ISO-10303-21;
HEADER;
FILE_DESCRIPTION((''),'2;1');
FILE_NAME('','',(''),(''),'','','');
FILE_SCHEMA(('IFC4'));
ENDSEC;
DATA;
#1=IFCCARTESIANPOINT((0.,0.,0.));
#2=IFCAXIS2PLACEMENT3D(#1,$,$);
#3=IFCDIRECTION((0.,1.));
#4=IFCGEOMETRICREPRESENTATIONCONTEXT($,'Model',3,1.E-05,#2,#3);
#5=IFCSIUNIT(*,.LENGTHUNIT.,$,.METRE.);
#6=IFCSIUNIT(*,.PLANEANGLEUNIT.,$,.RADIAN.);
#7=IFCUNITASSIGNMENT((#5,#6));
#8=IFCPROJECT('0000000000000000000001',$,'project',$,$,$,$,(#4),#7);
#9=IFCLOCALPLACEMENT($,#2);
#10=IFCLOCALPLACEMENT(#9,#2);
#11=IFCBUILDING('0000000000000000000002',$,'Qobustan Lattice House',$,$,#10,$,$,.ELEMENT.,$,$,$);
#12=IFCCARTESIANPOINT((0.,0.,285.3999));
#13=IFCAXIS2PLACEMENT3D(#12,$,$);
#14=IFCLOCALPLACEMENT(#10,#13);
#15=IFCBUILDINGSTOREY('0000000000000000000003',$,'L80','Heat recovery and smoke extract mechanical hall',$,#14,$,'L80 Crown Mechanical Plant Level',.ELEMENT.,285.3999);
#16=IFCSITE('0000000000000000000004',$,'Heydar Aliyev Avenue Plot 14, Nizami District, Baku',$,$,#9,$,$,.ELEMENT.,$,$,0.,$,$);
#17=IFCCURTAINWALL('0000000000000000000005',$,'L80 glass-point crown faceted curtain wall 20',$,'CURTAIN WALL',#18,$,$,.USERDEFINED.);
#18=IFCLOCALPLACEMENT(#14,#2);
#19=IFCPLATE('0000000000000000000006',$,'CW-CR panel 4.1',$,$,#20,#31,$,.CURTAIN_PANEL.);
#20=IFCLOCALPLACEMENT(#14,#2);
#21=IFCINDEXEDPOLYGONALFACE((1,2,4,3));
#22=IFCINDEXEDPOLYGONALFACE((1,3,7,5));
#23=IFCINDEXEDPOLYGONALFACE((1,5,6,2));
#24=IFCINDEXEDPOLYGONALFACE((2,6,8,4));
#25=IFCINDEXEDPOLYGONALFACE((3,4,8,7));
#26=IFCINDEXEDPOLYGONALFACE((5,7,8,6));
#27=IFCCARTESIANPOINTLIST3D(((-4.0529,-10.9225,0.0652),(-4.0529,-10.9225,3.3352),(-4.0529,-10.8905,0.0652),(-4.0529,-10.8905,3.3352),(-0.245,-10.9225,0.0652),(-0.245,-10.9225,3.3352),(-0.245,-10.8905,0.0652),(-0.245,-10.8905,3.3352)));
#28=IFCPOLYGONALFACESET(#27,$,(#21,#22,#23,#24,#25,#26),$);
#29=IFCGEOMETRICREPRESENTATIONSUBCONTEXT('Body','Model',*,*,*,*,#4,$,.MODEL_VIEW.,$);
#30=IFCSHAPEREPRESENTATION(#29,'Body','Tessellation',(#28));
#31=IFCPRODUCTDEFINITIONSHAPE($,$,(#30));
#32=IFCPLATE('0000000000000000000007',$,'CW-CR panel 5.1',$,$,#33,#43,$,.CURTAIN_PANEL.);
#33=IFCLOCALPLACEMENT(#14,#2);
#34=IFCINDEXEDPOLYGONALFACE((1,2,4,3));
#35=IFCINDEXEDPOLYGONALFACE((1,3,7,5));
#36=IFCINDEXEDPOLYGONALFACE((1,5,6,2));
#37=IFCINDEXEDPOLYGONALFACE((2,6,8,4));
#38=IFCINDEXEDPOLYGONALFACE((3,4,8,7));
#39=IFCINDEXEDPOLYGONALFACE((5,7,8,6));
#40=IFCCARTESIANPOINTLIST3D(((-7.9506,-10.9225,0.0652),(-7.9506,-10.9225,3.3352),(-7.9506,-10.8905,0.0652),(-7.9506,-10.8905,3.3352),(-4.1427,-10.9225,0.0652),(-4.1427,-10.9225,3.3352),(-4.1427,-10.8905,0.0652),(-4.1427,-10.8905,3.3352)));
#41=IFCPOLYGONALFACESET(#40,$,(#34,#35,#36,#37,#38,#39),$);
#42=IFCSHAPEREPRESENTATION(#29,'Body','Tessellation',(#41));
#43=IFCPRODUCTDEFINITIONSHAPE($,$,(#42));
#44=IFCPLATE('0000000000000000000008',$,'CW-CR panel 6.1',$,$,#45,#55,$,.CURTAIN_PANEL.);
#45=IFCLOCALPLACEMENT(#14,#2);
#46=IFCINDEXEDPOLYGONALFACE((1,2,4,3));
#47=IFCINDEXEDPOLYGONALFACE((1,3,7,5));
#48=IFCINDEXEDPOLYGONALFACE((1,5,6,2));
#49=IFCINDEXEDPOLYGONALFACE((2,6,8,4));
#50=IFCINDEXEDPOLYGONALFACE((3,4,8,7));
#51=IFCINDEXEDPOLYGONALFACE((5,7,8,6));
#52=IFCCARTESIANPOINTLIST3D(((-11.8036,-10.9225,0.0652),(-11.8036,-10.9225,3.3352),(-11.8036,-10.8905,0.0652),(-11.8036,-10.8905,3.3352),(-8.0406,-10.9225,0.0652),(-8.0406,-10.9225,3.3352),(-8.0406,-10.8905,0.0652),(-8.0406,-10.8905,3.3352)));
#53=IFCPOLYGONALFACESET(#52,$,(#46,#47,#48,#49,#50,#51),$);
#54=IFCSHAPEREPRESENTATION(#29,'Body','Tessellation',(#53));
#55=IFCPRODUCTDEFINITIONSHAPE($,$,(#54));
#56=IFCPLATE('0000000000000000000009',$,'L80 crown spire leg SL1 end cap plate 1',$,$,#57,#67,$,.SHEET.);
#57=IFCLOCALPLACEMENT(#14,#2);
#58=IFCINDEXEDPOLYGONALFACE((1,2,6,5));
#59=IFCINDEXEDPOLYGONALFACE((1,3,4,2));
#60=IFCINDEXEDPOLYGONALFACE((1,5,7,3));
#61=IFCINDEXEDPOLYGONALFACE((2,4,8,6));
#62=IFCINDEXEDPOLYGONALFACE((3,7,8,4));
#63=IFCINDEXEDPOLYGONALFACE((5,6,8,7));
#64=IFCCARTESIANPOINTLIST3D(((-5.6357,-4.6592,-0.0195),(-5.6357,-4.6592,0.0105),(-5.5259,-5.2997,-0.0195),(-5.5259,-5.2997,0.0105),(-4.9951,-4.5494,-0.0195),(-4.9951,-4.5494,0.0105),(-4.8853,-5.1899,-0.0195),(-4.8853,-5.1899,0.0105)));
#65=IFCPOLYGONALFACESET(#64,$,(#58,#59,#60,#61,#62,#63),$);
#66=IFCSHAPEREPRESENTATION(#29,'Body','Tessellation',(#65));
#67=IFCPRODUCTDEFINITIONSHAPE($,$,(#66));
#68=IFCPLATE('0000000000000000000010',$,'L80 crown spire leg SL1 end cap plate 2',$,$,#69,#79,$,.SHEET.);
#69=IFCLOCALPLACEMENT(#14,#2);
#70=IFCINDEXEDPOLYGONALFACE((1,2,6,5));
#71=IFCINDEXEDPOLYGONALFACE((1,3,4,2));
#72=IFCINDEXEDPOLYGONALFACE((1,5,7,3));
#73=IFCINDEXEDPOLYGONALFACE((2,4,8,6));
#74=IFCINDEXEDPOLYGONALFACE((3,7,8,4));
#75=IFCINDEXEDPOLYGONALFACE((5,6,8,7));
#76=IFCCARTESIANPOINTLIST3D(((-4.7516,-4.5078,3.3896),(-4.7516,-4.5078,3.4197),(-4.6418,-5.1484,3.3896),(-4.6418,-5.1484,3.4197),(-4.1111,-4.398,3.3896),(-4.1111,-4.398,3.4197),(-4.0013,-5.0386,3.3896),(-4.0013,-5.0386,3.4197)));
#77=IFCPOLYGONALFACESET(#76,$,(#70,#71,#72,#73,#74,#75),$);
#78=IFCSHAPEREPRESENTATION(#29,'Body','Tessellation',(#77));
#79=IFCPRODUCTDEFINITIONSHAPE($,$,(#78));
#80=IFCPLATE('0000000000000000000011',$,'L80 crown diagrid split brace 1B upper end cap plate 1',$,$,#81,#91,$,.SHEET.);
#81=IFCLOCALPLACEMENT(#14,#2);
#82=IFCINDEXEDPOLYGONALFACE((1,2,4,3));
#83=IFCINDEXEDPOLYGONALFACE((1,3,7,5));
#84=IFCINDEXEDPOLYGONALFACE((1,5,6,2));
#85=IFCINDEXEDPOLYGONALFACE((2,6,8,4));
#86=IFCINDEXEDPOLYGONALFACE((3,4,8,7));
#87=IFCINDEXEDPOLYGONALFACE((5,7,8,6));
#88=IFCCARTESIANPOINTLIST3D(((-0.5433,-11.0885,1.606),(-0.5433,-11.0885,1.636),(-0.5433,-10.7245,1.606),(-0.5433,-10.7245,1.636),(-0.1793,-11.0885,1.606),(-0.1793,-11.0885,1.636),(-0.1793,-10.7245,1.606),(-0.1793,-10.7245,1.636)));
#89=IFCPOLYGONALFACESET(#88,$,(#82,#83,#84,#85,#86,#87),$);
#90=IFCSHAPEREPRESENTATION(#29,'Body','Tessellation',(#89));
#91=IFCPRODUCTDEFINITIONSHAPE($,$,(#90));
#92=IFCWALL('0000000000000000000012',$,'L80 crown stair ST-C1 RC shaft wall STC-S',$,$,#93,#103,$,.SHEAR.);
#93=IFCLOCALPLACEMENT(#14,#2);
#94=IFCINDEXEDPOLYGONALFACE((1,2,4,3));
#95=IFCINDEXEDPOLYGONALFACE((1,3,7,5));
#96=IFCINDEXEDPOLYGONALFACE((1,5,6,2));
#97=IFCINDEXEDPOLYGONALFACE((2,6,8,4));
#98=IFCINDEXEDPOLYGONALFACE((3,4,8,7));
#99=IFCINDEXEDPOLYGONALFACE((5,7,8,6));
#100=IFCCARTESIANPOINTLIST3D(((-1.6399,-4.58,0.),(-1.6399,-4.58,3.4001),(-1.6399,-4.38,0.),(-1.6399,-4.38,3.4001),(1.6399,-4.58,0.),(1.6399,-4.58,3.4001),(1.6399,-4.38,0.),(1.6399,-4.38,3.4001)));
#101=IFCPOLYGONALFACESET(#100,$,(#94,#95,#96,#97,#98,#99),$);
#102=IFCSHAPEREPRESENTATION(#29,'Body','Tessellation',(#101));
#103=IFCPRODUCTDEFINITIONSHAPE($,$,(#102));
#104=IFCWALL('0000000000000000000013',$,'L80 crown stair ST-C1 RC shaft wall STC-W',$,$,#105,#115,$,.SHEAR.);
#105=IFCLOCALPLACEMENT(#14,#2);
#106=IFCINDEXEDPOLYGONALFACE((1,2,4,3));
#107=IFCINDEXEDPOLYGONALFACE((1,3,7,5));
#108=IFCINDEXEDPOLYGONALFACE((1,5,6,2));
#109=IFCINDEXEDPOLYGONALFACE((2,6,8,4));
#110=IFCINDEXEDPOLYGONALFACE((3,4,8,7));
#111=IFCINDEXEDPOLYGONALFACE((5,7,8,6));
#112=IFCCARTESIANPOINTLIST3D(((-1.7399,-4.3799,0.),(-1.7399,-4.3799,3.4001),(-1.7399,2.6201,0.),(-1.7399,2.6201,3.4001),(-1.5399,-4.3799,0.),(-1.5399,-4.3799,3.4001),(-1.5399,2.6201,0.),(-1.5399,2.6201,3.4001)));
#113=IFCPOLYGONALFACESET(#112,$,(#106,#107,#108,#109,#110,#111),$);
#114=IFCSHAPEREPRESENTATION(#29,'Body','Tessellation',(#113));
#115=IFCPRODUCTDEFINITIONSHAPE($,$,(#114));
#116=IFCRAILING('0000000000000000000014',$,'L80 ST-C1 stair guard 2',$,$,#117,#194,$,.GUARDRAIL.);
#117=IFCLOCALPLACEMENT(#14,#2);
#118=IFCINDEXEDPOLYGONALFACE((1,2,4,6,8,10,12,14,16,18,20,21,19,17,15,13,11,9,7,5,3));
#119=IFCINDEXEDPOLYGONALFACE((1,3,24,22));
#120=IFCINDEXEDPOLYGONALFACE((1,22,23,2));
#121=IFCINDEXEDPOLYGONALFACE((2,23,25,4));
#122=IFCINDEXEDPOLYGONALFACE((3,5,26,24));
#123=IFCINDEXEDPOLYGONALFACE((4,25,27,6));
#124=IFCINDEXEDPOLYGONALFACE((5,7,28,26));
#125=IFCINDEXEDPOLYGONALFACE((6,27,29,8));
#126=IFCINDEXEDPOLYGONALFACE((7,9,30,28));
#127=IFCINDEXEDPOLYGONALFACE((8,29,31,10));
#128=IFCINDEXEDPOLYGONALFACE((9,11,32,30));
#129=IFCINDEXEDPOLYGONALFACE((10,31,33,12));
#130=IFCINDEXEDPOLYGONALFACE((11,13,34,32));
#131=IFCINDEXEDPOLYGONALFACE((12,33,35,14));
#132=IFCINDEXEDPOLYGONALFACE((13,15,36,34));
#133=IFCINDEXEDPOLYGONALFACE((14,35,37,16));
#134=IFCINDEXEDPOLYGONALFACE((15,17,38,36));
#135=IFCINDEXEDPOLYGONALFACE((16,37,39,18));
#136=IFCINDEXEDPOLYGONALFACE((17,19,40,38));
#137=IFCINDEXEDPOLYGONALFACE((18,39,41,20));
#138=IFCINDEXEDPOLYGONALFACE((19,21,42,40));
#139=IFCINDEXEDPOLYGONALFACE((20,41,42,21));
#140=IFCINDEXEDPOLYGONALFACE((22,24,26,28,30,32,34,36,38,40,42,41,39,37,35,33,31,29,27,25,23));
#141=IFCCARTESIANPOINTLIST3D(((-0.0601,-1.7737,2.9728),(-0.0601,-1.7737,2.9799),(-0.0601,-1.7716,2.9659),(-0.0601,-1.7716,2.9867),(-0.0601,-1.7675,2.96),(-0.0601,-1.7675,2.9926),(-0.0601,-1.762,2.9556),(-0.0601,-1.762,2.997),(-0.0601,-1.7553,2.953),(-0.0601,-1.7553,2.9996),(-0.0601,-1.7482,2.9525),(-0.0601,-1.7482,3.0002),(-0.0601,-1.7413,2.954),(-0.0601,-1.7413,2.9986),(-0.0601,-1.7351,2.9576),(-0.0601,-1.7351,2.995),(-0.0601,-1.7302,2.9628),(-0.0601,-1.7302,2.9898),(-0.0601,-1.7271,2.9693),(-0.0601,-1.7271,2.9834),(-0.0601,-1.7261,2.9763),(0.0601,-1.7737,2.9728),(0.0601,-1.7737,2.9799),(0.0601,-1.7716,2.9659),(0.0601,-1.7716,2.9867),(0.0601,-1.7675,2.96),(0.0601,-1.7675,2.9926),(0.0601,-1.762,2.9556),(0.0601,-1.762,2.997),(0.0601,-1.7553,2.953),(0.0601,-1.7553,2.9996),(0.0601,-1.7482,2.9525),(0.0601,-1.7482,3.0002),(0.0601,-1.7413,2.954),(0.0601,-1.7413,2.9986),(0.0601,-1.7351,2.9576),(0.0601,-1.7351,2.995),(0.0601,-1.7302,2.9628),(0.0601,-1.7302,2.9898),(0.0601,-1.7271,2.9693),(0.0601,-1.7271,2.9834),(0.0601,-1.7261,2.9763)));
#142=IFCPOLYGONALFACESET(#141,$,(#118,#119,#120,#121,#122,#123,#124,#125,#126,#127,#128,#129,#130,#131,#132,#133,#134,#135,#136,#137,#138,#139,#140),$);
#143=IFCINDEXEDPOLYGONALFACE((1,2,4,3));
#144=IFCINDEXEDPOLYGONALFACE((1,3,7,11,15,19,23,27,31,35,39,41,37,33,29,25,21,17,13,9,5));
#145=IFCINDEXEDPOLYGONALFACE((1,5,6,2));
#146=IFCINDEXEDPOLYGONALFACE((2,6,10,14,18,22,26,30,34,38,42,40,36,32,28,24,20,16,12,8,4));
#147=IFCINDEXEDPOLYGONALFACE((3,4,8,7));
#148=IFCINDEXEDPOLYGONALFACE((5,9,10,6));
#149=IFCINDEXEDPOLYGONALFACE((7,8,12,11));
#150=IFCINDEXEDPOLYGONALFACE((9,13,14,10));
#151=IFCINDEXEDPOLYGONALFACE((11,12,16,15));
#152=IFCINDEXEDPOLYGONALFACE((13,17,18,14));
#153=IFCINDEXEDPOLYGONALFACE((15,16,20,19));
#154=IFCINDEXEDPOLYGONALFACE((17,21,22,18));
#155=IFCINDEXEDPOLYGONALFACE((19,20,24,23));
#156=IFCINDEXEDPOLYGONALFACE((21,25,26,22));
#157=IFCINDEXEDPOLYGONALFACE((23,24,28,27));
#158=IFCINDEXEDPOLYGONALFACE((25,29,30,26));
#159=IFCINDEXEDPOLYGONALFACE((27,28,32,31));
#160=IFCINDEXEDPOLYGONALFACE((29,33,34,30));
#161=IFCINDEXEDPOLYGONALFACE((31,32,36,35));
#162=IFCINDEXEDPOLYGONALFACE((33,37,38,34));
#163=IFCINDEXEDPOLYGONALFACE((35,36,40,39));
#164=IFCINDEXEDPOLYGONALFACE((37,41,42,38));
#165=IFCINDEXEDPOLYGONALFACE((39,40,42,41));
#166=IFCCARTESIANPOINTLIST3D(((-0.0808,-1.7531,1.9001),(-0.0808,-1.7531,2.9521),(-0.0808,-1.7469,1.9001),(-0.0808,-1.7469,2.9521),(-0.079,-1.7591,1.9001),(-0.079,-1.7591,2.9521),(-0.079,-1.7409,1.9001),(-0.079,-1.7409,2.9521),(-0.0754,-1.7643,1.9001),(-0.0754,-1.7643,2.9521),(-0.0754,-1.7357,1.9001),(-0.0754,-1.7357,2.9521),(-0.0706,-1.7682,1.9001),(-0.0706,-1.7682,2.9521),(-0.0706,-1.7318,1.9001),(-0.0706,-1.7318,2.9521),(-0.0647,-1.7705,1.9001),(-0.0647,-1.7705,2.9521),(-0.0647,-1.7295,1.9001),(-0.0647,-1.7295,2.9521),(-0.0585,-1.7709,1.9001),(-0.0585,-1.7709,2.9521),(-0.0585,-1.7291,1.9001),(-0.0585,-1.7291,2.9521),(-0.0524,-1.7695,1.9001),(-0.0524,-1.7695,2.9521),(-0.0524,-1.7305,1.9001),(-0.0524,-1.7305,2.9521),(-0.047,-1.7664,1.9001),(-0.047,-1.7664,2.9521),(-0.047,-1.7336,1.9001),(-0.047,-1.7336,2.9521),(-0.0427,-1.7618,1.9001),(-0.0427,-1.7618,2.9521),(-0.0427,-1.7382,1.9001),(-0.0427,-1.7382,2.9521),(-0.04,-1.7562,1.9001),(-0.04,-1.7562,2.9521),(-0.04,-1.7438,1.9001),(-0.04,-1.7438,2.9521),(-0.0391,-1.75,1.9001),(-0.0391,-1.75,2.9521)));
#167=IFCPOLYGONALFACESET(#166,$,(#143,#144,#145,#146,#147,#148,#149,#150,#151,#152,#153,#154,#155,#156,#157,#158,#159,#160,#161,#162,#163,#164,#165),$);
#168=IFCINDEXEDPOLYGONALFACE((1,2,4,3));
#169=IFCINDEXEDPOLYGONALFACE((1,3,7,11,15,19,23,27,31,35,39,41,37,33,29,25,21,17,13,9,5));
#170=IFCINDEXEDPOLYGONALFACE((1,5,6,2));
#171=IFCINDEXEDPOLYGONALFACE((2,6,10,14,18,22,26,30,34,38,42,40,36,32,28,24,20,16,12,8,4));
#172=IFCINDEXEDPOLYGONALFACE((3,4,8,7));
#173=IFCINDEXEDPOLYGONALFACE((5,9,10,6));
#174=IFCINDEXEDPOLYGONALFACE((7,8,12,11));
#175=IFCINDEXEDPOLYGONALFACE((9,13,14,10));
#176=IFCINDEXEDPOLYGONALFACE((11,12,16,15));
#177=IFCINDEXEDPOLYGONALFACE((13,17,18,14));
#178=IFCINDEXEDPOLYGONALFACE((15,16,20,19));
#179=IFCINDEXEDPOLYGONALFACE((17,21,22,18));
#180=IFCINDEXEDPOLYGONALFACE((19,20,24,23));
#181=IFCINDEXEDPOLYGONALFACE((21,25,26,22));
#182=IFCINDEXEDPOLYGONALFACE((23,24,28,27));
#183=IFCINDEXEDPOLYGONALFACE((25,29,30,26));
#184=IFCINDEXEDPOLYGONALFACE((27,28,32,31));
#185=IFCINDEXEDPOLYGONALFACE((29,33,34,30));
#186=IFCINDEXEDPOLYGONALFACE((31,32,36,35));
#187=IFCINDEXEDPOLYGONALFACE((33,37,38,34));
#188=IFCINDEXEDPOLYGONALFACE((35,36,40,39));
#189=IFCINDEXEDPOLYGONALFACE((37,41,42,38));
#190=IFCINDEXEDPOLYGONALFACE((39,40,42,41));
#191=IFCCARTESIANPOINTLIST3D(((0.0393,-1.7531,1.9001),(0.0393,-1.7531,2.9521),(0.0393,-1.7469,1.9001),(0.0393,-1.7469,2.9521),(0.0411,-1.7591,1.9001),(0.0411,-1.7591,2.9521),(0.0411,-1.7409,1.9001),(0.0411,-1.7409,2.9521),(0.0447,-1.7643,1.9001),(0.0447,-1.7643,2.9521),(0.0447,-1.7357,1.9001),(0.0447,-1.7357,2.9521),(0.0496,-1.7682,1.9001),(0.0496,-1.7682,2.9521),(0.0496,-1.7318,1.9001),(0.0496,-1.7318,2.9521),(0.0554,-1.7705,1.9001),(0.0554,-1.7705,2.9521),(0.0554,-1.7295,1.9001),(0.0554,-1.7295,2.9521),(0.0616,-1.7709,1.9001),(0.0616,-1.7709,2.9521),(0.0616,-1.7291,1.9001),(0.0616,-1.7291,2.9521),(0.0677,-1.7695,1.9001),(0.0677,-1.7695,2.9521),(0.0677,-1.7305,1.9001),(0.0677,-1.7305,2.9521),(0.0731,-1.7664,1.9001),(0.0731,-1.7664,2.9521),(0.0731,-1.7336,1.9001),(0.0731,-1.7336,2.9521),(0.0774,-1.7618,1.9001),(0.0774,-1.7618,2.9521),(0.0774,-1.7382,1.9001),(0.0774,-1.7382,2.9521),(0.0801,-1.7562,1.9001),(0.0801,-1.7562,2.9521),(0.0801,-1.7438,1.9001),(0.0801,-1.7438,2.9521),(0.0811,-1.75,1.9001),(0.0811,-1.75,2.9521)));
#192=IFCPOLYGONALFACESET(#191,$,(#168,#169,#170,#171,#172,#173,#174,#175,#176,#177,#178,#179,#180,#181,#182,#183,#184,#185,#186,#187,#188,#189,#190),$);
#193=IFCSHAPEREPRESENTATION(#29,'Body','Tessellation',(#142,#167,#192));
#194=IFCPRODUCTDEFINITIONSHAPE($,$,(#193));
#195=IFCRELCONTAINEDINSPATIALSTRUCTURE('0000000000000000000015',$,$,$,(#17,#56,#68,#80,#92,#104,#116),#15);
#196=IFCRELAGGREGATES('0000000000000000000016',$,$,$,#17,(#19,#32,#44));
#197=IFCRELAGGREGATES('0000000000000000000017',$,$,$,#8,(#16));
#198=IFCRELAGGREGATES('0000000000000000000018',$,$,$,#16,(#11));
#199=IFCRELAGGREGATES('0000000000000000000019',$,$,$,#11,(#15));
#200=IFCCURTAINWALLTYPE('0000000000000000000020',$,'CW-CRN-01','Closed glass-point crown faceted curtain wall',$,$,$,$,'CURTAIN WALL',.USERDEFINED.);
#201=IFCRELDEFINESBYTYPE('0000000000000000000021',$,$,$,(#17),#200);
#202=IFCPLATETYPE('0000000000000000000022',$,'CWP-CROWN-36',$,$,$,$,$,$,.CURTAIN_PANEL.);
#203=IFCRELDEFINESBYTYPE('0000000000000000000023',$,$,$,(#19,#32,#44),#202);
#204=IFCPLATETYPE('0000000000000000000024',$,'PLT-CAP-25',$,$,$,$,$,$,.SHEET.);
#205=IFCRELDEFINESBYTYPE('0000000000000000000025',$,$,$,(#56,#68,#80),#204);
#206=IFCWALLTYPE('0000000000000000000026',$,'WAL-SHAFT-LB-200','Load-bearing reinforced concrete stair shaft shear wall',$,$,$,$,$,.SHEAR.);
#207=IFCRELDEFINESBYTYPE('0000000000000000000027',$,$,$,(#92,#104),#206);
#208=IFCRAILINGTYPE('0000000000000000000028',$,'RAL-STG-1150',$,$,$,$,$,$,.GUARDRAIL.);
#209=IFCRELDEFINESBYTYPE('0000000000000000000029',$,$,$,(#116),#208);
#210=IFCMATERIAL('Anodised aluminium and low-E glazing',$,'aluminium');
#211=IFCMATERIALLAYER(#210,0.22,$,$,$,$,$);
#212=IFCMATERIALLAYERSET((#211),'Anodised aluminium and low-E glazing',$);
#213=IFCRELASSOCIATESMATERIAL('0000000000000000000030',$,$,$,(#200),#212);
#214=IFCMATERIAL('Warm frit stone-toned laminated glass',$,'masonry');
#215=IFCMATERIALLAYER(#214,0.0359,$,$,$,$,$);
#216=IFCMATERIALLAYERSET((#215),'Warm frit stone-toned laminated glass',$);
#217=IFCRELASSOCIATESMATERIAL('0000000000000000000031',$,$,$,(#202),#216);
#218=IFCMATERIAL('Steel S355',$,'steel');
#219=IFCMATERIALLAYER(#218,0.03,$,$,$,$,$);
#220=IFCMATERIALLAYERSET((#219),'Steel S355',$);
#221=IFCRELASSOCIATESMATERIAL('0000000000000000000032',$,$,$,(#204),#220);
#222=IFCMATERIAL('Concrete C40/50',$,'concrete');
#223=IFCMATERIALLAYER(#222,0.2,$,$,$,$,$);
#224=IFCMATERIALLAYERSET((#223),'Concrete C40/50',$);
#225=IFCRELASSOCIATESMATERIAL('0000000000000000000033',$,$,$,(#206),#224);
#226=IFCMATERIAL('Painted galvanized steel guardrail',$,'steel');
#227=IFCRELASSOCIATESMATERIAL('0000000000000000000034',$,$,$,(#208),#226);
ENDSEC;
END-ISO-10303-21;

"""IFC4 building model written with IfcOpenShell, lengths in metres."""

from ifc_helpers import new_model, si_unit, direction, frame, frame_2d, origin, origin_2d, place, context, subcontext, project, spatial, rectangle, circle, extrude, material, layer, layer_set, type_object, element, aggregate, save


model = new_model("IFC4")

# Units and contexts
model_context = context("Model", 3, precision=1e-05, world=origin(), true_north=direction((0.0, 1.0)))
body_context = subcontext(model_context, "Body", "Model", "MODEL_VIEW")
ifc_project = project(units=[si_unit("LENGTHUNIT", "METRE"), si_unit("PLANEANGLEUNIT", "RADIAN")], contexts=[model_context])

# Site, building, storey
site_placement = place(None, origin())
site = spatial("IfcSite", under=ifc_project, at=site_placement, Name="Heydar Aliyev Avenue Plot 14, Nizami District, Baku", CompositionType="ELEMENT", RefElevation=0.0)
building_placement = place(site_placement, origin())
building = spatial("IfcBuilding", under=site, at=building_placement, Name="Qobustan Lattice House", CompositionType="ELEMENT")
storey_placement = place(building_placement, frame((0.0, 0.0, 285.3999)))
storey = spatial("IfcBuildingStorey", under=building, at=storey_placement, Name="L80", Description="Heat recovery and smoke extract mechanical hall", LongName="L80 Crown Mechanical Plant Level", CompositionType="ELEMENT", Elevation=285.3999)

# Curtain wall
ifc_material_1 = material(Name="Anodised aluminium and low-E glazing", Category="aluminium")
ifc_layer_1 = layer(ifc_material_1, 0.22)
ifc_layer_set_1 = layer_set([ifc_layer_1], Name="Anodised aluminium and low-E glazing")
curtain_wall_type = type_object("IfcCurtainWallType", Name="CW-CRN-01", Description="Closed glass-point crown faceted curtain wall", ElementType="CURTAIN WALL", PredefinedType="USERDEFINED", material=ifc_layer_set_1)
curtain_wall_placement = place(storey_placement, origin())
curtain_wall = element("IfcCurtainWall", 1, at=curtain_wall_placement, inside=storey, type_object=curtain_wall_type, Name="L80 glass-point crown faceted curtain wall 20", ObjectType="CURTAIN WALL", PredefinedType="USERDEFINED")

# Plates
ifc_material_2 = material(Name="Warm frit stone-toned laminated glass", Category="masonry")
ifc_layer_2 = layer(ifc_material_2, 0.0359)
ifc_layer_set_2 = layer_set([ifc_layer_2], Name="Warm frit stone-toned laminated glass")
plate_type_1 = type_object("IfcPlateType", Name="CWP-CROWN-36", PredefinedType="CURTAIN_PANEL", material=ifc_layer_set_2)
plate_1_placement = place(storey_placement, frame((-2.1489, -10.9065, 0.0652), z_axis=(0.0, 0.0, 1.0), x_axis=(-1.0, 0.0, 0.0)))
plate_1 = element("IfcPlate", 2, at=plate_1_placement, type_object=plate_type_1, Name="CW-CR panel 4.1", PredefinedType="CURTAIN_PANEL", context=body_context, shape_type="SweptSolid", body=[
    extrude(rectangle(XDim=3.8079, YDim=0.032, at=origin_2d()), origin(), (0.0, 0.0, 1.0), 3.27),
])
plate_2_placement = place(storey_placement, frame((-6.0466, -10.9065, 0.0652), z_axis=(0.0, 0.0, 1.0), x_axis=(-1.0, 0.0, 0.0)))
plate_2 = element("IfcPlate", 3, at=plate_2_placement, type_object=plate_type_1, Name="CW-CR panel 5.1", PredefinedType="CURTAIN_PANEL", context=body_context, shape_type="SweptSolid", body=[
    extrude(rectangle(XDim=3.8079, YDim=0.032, at=origin_2d()), origin(), (0.0, 0.0, 1.0), 3.27),
])
plate_3_placement = place(storey_placement, frame((-9.9221, -10.9065, 0.0652), z_axis=(0.0, 0.0, 1.0), x_axis=(-1.0, 0.0, 0.0)))
plate_3 = element("IfcPlate", 4, at=plate_3_placement, type_object=plate_type_1, Name="CW-CR panel 6.1", PredefinedType="CURTAIN_PANEL", context=body_context, shape_type="SweptSolid", body=[
    extrude(rectangle(XDim=3.7629, YDim=0.032, at=origin_2d()), origin(), (0.0, 0.0, 1.0), 3.27),
])
aggregate(curtain_wall, [plate_1, plate_2, plate_3])

# Plates
ifc_material_3 = material(Name="Steel S355", Category="steel")
ifc_layer_3 = layer(ifc_material_3, 0.03)
ifc_layer_set_3 = layer_set([ifc_layer_3], Name="Steel S355")
plate_type_2 = type_object("IfcPlateType", Name="PLT-CAP-25", PredefinedType="SHEET", material=ifc_layer_set_3)
for number, where, z_axis, x_axis, name in (
    (5, (-5.2605, -4.9246, -0.0195), (0.0, 0.0, 1.0), (0.985624, 0.168954, 0.0), "L80 crown spire leg SL1 end cap plate 1"),
    (6, (-4.3765, -4.7732, 3.3896), (0.0, 0.0, 1.0), (0.985624, 0.168954, 0.0), "L80 crown spire leg SL1 end cap plate 2"),
):
    element("IfcPlate", number, at=place(storey_placement, frame(where, z_axis=z_axis, x_axis=x_axis)), inside=storey, type_object=plate_type_2, Name=name, PredefinedType="SHEET", context=body_context, shape_type="SweptSolid", body=[
        extrude(rectangle(XDim=0.6499, YDim=0.6499, at=origin_2d()), origin(), (0.0, 0.0, 1.0), 0.03),
    ])
plate_4_placement = place(storey_placement, frame((-0.3613, -10.9065, 1.606), z_axis=(0.0, 0.0, 1.0), x_axis=(-1.0, 0.0, 0.0)))
element("IfcPlate", 7, at=plate_4_placement, inside=storey, type_object=plate_type_2, Name="L80 crown diagrid split brace 1B upper end cap plate 1", PredefinedType="SHEET", context=body_context, shape_type="SweptSolid", body=[
    extrude(rectangle(XDim=0.364, YDim=0.364, at=origin_2d()), origin(), (0.0, 0.0, 1.0), 0.03),
])

# Walls
ifc_material_4 = material(Name="Concrete C40/50", Category="concrete")
ifc_layer_4 = layer(ifc_material_4, 0.2)
ifc_layer_set_4 = layer_set([ifc_layer_4], Name="Concrete C40/50")
wall_type = type_object("IfcWallType", Name="WAL-SHAFT-LB-200", Description="Load-bearing reinforced concrete stair shaft shear wall", PredefinedType="SHEAR", material=ifc_layer_set_4)
wall_1_placement = place(storey_placement, frame((-1.6399, -4.48, 0.0), z_axis=(0.0, 0.0, 1.0), x_axis=(1.0, 0.0, 0.0)))
element("IfcWall", 8, at=wall_1_placement, inside=storey, type_object=wall_type, Name="L80 crown stair ST-C1 RC shaft wall STC-S", PredefinedType="SHEAR", context=body_context, shape_type="SweptSolid", body=[
    extrude(rectangle(XDim=3.2798, YDim=0.2, at=frame_2d((1.6399, 0.0))), origin(), (0.0, 0.0, 1.0), 3.4001),
])
wall_2_placement = place(storey_placement, frame((-1.6399, -4.3799, 0.0), z_axis=(0.0, 0.0, 1.0), x_axis=(0.0, 1.0, 0.0)))
element("IfcWall", 9, at=wall_2_placement, inside=storey, type_object=wall_type, Name="L80 crown stair ST-C1 RC shaft wall STC-W", PredefinedType="SHEAR", context=body_context, shape_type="SweptSolid", body=[
    extrude(rectangle(XDim=7.0, YDim=0.2, at=frame_2d((3.5, 0.0))), origin(), (0.0, 0.0, 1.0), 3.4001),
])

# Railing
ifc_material_5 = material(Name="Painted galvanized steel guardrail", Category="steel")
railing_type = type_object("IfcRailingType", Name="RAL-STG-1150", PredefinedType="GUARDRAIL", material=ifc_material_5)
railing_1_placement = place(storey_placement, frame((-0.0601, -1.75, 1.9001)))
element("IfcRailing", 10, at=railing_1_placement, inside=storey, type_object=railing_type, Name="L80 ST-C1 stair guard 2", PredefinedType="GUARDRAIL", context=body_context, shape_type="SweptSolid", body=[
    extrude(circle(Radius=0.0239, at=origin_2d()), frame((0.0, 0.0, 1.0762), z_axis=(1.0, 0.0, 0.0), x_axis=(0.0, 1.0, 0.0)), (0.0, 0.0, 1.0), 0.1201),
    extrude(circle(Radius=0.021, at=origin_2d()), origin(), (0.0, 0.0, 1.0), 1.052),
    extrude(circle(Radius=0.021, at=origin_2d()), frame((0.1201, 0.0, 0.0)), (0.0, 0.0, 1.0), 1.052),
])

save(model, "model.ifc")
